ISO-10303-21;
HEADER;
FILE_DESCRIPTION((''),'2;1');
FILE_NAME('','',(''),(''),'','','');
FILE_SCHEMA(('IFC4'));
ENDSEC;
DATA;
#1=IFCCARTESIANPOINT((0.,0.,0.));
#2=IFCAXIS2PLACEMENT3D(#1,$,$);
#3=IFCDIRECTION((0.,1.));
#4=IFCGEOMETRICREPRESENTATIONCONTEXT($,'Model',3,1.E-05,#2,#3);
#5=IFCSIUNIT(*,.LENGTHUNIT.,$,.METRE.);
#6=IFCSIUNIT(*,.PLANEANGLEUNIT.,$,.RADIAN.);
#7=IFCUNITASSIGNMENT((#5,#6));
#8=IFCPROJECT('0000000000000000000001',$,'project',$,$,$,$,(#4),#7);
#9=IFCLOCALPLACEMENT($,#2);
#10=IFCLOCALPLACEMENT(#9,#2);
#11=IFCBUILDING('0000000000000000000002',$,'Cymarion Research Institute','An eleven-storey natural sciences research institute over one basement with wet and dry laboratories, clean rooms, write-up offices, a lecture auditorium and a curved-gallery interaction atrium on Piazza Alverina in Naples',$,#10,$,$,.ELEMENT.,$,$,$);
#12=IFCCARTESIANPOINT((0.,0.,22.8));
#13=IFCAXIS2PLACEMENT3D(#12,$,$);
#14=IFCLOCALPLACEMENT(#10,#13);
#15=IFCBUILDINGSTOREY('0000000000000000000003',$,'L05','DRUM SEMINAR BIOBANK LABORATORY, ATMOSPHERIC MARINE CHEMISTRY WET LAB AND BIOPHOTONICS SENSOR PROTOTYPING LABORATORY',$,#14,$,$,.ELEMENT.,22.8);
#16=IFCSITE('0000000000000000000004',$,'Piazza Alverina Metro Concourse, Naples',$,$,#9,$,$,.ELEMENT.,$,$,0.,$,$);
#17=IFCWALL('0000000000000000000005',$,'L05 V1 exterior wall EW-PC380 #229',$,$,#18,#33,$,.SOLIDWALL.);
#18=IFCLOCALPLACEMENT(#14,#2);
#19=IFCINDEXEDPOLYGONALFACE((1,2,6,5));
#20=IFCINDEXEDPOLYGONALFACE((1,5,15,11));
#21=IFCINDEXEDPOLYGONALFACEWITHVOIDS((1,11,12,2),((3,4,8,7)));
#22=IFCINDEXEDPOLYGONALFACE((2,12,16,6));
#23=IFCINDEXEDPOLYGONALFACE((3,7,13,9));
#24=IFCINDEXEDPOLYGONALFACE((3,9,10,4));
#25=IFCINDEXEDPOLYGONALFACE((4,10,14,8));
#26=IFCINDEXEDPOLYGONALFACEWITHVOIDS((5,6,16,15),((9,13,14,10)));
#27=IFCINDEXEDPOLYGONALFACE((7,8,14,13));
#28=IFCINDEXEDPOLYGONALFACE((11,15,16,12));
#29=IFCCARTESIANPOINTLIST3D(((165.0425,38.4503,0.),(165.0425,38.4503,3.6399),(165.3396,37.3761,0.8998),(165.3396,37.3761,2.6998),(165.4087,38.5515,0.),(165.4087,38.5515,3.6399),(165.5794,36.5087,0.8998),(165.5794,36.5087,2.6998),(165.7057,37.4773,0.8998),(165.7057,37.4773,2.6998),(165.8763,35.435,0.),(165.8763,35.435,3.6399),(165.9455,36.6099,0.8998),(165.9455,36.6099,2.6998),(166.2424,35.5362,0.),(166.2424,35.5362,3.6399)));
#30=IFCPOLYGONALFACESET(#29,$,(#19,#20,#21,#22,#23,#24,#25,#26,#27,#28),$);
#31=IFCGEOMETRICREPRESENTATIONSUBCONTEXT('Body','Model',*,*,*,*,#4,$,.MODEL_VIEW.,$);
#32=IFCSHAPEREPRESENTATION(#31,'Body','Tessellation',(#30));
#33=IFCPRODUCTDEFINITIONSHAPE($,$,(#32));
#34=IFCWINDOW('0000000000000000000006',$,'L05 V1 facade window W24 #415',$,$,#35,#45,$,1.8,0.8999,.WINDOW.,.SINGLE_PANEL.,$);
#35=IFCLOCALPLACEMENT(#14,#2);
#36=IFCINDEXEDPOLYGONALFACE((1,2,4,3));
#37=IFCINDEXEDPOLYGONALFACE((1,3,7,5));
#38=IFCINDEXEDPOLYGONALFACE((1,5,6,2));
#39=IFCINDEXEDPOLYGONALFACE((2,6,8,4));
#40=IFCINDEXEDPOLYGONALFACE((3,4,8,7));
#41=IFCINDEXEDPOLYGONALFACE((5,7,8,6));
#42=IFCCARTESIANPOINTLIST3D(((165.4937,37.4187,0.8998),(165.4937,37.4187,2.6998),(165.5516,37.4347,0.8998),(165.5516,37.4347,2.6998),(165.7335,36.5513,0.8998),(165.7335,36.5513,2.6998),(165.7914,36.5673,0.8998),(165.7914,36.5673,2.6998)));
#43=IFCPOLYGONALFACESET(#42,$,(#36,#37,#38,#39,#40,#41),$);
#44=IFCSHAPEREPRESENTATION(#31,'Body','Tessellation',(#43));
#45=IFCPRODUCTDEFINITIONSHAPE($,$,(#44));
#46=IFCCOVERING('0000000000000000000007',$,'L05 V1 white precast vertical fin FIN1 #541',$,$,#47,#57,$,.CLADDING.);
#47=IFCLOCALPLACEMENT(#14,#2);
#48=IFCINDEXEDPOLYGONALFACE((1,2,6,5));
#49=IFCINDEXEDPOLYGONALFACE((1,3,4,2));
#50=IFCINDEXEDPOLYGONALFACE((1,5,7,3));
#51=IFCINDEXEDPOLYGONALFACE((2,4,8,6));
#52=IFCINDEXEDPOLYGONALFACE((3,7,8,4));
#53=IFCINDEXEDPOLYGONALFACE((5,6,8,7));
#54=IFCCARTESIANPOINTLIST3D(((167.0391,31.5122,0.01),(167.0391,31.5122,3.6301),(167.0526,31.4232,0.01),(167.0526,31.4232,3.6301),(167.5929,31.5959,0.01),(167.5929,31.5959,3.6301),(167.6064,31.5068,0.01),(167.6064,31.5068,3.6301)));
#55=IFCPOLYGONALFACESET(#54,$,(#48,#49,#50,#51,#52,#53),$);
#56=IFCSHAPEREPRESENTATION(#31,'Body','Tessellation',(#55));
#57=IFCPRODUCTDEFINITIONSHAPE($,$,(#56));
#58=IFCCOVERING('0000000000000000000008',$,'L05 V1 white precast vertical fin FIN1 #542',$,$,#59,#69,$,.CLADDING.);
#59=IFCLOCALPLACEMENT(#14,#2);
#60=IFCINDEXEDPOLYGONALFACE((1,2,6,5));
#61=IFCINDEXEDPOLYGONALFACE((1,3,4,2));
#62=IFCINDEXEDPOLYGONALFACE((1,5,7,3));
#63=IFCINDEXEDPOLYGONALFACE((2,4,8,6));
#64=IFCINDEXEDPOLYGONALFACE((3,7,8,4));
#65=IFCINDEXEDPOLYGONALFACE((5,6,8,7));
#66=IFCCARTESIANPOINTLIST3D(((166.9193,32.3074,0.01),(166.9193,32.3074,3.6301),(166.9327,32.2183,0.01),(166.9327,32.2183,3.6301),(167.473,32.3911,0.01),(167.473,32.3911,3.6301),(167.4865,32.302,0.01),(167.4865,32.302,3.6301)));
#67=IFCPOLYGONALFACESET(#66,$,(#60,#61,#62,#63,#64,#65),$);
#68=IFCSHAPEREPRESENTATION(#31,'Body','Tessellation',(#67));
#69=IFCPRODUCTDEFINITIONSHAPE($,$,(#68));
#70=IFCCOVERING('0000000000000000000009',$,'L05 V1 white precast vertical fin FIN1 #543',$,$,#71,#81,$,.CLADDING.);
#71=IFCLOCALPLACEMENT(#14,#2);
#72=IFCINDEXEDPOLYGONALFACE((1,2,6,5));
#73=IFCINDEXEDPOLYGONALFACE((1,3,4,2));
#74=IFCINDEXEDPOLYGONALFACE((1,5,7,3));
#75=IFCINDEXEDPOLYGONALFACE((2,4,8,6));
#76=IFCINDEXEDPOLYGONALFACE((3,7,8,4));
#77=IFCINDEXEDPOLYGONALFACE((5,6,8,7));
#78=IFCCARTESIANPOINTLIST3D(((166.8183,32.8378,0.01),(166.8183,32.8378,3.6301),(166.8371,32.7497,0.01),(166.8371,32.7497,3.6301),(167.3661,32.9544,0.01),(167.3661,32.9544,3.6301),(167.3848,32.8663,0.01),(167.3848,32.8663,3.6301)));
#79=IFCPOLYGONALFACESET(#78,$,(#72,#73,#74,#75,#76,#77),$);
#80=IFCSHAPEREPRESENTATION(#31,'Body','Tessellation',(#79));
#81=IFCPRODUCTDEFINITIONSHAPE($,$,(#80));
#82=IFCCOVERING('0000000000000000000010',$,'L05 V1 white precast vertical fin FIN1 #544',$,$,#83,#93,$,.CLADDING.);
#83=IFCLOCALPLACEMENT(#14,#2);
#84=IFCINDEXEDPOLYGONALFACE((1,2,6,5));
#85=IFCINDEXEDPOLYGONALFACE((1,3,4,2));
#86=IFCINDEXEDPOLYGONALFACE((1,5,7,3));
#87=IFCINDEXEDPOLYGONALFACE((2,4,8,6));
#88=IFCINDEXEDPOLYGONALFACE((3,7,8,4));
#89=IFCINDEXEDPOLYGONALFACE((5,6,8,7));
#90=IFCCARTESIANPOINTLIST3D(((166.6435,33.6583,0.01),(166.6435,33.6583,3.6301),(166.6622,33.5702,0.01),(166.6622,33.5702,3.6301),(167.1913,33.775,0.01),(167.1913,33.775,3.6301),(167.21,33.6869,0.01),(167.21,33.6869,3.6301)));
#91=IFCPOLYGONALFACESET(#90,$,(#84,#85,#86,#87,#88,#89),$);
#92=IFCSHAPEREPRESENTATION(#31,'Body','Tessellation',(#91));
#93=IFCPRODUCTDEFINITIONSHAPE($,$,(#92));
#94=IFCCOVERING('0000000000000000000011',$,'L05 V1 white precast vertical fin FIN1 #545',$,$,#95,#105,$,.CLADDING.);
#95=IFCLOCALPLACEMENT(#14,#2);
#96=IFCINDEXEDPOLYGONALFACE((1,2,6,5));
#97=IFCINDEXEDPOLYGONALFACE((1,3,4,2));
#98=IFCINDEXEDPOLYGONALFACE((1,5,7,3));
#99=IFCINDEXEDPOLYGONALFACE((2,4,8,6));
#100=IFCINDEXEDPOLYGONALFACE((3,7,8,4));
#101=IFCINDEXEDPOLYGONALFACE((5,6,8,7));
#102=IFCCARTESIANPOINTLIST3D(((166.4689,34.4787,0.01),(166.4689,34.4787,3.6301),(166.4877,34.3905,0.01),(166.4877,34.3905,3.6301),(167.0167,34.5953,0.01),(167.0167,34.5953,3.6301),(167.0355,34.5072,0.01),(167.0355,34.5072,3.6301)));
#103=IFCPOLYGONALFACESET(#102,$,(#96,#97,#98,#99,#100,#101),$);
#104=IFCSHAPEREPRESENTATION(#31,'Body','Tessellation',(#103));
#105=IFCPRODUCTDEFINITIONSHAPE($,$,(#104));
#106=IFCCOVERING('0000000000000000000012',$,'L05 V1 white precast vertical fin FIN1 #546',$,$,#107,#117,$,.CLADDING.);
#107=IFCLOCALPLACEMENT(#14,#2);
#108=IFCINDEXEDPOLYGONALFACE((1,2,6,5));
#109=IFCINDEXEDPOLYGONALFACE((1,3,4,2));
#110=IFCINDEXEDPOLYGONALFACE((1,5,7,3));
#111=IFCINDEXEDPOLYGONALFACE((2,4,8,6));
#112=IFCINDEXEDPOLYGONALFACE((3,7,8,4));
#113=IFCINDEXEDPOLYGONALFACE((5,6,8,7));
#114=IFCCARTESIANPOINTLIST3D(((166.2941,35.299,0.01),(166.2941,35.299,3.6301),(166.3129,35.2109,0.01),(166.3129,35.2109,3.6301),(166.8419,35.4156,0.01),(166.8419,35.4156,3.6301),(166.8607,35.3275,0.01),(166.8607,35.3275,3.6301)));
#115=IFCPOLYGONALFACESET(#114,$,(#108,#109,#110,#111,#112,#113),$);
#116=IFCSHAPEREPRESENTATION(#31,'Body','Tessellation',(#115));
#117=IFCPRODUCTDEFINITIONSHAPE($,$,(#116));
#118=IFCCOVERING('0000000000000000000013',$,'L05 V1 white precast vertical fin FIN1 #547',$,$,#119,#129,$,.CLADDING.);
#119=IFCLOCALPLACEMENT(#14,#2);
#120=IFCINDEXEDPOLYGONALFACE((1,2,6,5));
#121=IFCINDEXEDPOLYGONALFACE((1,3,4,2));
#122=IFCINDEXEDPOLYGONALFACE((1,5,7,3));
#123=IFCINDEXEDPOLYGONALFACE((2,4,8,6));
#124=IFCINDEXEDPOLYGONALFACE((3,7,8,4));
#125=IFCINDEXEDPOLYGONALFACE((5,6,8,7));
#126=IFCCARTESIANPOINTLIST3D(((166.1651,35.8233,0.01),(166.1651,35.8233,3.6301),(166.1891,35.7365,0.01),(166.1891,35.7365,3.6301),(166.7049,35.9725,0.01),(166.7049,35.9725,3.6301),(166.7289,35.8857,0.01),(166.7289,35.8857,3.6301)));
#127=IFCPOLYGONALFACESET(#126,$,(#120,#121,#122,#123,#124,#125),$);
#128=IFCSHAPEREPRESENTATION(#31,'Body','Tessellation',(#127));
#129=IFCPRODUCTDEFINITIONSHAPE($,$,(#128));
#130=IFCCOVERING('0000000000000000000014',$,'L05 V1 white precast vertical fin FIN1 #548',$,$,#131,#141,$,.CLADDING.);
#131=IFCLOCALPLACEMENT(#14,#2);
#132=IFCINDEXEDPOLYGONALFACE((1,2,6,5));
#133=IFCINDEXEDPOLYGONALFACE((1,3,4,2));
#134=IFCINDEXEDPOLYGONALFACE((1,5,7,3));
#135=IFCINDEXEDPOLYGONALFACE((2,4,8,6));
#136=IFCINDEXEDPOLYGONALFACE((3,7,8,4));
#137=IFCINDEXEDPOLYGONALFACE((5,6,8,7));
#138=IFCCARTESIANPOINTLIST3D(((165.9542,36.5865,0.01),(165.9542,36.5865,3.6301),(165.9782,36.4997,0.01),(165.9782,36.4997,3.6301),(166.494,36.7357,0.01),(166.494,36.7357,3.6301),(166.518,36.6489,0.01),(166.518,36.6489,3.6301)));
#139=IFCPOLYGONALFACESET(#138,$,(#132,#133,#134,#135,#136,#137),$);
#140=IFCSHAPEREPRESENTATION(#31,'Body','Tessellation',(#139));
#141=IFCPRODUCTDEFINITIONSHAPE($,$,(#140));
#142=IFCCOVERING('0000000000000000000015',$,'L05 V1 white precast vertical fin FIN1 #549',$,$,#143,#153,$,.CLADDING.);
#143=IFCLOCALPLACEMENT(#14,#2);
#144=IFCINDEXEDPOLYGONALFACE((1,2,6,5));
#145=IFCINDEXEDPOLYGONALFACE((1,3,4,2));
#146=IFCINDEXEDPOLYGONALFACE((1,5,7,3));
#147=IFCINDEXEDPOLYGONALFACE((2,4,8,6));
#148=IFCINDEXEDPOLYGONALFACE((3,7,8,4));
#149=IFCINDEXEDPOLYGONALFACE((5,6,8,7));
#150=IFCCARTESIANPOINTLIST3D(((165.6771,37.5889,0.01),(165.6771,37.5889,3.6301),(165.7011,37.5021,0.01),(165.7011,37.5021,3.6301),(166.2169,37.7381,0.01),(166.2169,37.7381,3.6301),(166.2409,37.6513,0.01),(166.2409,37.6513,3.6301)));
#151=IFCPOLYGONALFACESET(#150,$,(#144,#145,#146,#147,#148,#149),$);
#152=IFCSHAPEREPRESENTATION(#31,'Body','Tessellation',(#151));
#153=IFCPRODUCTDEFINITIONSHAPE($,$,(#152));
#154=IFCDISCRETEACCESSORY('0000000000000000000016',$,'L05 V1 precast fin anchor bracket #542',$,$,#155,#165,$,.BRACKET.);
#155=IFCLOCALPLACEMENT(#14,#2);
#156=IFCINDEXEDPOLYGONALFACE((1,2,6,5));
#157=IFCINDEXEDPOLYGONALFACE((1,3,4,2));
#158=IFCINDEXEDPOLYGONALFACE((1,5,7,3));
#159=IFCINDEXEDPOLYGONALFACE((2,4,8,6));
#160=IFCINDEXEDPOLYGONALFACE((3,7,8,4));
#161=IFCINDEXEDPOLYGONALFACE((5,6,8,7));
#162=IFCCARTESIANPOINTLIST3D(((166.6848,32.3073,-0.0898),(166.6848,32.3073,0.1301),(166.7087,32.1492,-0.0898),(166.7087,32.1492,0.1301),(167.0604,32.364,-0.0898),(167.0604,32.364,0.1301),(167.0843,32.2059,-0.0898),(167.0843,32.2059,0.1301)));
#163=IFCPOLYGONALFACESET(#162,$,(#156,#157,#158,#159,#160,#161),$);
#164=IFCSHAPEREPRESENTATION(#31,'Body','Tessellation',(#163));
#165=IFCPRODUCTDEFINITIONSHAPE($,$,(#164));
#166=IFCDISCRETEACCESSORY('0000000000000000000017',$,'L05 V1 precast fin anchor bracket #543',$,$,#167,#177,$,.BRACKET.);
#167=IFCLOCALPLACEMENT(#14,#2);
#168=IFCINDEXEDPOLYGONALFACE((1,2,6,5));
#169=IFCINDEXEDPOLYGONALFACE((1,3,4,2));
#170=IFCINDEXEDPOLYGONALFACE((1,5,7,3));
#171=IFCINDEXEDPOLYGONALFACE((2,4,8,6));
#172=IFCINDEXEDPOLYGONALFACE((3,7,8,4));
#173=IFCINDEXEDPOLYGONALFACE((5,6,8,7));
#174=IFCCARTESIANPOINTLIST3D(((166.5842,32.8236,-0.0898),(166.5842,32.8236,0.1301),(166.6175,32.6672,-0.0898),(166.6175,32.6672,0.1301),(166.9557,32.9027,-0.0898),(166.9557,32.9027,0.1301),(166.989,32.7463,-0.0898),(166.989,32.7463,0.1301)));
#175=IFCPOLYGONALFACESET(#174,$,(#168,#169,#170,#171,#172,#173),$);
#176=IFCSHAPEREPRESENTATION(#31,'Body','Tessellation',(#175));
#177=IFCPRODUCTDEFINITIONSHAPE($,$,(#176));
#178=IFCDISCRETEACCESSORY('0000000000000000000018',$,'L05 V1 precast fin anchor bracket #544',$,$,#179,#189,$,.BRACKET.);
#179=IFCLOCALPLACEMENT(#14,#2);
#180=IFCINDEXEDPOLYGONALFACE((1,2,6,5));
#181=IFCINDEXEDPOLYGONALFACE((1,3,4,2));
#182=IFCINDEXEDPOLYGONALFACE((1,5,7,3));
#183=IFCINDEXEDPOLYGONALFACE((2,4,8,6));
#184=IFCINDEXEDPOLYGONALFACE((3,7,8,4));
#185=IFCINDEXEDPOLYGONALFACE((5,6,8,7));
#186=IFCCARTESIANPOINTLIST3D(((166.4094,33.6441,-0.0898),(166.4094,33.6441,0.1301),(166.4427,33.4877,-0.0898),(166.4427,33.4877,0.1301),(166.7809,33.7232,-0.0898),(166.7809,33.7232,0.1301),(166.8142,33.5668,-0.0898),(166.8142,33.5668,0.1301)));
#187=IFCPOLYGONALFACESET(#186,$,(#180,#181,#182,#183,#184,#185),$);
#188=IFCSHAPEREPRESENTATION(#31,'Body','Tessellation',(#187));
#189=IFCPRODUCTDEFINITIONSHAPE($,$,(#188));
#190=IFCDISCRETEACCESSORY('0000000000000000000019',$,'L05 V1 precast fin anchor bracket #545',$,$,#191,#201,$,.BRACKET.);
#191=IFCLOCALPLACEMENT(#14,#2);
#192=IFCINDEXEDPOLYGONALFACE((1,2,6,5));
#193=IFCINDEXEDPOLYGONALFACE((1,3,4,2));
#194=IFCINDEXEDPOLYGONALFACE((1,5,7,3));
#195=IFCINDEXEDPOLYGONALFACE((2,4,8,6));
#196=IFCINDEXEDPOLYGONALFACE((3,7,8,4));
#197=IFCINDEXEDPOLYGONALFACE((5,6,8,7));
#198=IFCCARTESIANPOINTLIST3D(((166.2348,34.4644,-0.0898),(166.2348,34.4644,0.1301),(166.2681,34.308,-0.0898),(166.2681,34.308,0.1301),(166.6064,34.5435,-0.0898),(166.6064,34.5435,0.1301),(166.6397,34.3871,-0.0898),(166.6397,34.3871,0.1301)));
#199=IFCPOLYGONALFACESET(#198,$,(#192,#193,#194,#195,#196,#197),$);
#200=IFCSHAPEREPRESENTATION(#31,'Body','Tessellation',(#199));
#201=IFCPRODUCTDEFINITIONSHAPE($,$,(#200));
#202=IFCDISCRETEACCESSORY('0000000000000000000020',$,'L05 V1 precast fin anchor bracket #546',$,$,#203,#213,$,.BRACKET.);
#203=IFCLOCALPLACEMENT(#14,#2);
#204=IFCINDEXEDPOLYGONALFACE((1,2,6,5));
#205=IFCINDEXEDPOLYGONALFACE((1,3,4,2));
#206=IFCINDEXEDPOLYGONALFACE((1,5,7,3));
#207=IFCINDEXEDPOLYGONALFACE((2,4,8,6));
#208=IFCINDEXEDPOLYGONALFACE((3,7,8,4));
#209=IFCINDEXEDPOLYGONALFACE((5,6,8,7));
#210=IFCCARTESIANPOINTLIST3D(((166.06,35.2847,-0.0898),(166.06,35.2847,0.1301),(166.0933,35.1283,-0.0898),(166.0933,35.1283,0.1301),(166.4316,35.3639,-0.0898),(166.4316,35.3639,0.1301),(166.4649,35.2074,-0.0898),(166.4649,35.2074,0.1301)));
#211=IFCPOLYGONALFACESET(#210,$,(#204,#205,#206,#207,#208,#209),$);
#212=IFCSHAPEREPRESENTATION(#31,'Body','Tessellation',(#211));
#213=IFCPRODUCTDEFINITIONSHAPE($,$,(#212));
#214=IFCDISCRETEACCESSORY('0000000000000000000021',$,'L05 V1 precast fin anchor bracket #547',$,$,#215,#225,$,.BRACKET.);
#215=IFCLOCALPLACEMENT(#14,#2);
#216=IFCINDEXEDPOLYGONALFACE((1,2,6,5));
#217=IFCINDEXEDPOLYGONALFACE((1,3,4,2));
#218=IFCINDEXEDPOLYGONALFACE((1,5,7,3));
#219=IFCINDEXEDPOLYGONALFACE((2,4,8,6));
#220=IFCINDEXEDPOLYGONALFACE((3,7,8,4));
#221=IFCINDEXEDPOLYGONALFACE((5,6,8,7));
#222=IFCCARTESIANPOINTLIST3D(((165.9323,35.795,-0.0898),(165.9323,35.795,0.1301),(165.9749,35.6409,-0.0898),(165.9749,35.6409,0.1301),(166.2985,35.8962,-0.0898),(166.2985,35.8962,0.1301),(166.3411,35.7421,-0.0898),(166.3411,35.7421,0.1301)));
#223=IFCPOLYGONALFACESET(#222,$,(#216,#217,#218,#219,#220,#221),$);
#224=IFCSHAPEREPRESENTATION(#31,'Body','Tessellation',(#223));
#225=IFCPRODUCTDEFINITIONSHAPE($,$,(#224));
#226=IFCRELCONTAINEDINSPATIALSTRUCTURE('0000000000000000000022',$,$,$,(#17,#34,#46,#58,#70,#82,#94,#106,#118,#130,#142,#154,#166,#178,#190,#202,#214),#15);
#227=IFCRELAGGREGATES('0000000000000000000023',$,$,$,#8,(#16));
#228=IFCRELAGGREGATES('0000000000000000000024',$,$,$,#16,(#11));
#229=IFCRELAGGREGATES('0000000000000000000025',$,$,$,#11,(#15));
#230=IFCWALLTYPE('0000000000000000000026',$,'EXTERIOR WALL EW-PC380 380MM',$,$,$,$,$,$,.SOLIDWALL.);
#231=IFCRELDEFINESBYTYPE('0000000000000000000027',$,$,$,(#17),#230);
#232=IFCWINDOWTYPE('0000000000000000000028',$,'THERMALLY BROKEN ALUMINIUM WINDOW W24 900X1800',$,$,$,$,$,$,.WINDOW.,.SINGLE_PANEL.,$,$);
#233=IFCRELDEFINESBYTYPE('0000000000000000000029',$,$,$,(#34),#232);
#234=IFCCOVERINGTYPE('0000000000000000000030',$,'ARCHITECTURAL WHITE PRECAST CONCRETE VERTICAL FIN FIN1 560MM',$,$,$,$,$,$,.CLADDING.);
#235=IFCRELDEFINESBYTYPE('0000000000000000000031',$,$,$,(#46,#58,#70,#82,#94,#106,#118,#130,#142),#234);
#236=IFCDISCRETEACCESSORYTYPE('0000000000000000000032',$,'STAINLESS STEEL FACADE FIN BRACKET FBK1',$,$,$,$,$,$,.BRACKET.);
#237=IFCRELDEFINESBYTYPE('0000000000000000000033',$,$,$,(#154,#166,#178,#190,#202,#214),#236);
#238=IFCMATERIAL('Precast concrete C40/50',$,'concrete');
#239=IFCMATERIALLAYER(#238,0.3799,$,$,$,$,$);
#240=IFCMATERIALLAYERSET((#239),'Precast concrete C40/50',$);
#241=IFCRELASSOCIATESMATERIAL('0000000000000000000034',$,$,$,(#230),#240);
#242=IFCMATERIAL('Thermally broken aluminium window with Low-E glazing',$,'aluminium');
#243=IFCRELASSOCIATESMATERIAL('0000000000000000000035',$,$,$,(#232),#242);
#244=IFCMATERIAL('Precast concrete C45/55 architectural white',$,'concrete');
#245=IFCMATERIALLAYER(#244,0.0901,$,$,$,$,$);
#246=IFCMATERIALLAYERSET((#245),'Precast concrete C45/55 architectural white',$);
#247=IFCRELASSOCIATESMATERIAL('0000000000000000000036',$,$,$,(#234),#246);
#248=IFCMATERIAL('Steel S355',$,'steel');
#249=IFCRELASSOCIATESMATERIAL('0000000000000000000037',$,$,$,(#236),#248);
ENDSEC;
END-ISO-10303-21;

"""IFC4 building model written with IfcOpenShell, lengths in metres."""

from ifc_helpers import new_model, si_unit, direction, frame, frame_2d, origin, origin_2d, place, context, subcontext, project, spatial, rectangle, extrude, material, layer, layer_set, type_object, element, fill, save


model = new_model("IFC4")

# Units and contexts
model_context = context("Model", 3, precision=1e-05, world=origin(), true_north=direction((0.0, 1.0)))
body_context = subcontext(model_context, "Body", "Model", "MODEL_VIEW")
ifc_project = project(units=[si_unit("LENGTHUNIT", "METRE"), si_unit("PLANEANGLEUNIT", "RADIAN")], contexts=[model_context])

# Site, building, storey
site_placement = place(None, origin())
site = spatial("IfcSite", under=ifc_project, at=site_placement, Name="Piazza Alverina Metro Concourse, Naples", CompositionType="ELEMENT", RefElevation=0.0)
building_placement = place(site_placement, origin())
building = spatial("IfcBuilding", under=site, at=building_placement, Name="Cymarion Research Institute", Description="An eleven-storey natural sciences research institute over one basement with wet and dry laboratories, clean rooms, write-up offices, a lecture auditorium and a curved-gallery interaction atrium on Piazza Alverina in Naples", CompositionType="ELEMENT")
storey_placement = place(building_placement, frame((0.0, 0.0, 22.8)))
storey = spatial("IfcBuildingStorey", under=building, at=storey_placement, Name="L05", Description="DRUM SEMINAR BIOBANK LABORATORY, ATMOSPHERIC MARINE CHEMISTRY WET LAB AND BIOPHOTONICS SENSOR PROTOTYPING LABORATORY", CompositionType="ELEMENT", Elevation=22.8)

# Shared definitions
ifc_material_1 = material(Name="Steel S355", Category="steel")

# Shared definitions
ifc_material_2 = material(Name="Precast concrete C40/50", Category="concrete")
ifc_layer_1 = layer(ifc_material_2, 0.3799)
ifc_layer_set_1 = layer_set([ifc_layer_1], Name="Precast concrete C40/50")
wall_type = type_object("IfcWallType", Name="EXTERIOR WALL EW-PC380 380MM", PredefinedType="SOLIDWALL", material=ifc_layer_set_1)

# Wall, opening, window
wall_1_placement = place(storey_placement, frame((166.0593, 35.4856, 0.0), z_axis=(0.0, 0.0, 1.0), x_axis=(-0.266497, 0.963836, 0.0)))
wall_1 = element("IfcWall", 1, at=wall_1_placement, inside=storey, type_object=wall_type, Name="L05 V1 exterior wall EW-PC380 #229", PredefinedType="SOLIDWALL", context=body_context, shape_type="SweptSolid", body=[
    extrude(rectangle(XDim=3.1284, YDim=0.3799, at=frame_2d((1.5642, 0.0))), origin(), (0.0, 0.0, 1.0), 3.6399),
])
opening_placement = place(wall_1_placement, frame((1.114, 0.0, 0.8999)))
opening = element("IfcOpeningElement", 2, at=opening_placement, cuts=wall_1, PredefinedType="OPENING", context=body_context, shape_type="SweptSolid", body=[
    extrude(rectangle(XDim=0.8999, YDim=1.8, at=frame_2d((0.45, 0.8999))), frame((0.0, 0.2, 0.0), z_axis=(0.0, -1.0, 0.0), x_axis=(1.0, 0.0, 0.0)), (0.0, 0.0, 1.0), 0.3999),
])
ifc_material_3 = material(Name="Thermally broken aluminium window with Low-E glazing", Category="aluminium")
window_type = type_object("IfcWindowType", Name="THERMALLY BROKEN ALUMINIUM WINDOW W24 900X1800", PartitioningType="SINGLE_PANEL", PredefinedType="WINDOW", material=ifc_material_3)
window_placement = place(opening_placement, origin())
window = element("IfcWindow", 3, at=window_placement, inside=storey, type_object=window_type, Name="L05 V1 facade window W24 #415", OverallHeight=1.8, OverallWidth=0.8999, PartitioningType="SINGLE_PANEL", PredefinedType="WINDOW", context=body_context, shape_type="SweptSolid", body=[
    extrude(rectangle(XDim=0.8999, YDim=1.8, at=frame_2d((0.45, 0.8999))), frame((0.0, 0.03, 0.0), z_axis=(0.0, -1.0, 0.0), x_axis=(1.0, 0.0, 0.0)), (0.0, 0.0, 1.0), 0.0601),
])
fill(opening, window)

# Coverings
ifc_material_4 = material(Name="Precast concrete C45/55 architectural white", Category="concrete")
ifc_layer_2 = layer(ifc_material_4, 0.0901)
ifc_layer_set_2 = layer_set([ifc_layer_2], Name="Precast concrete C45/55 architectural white")
covering_type = type_object("IfcCoveringType", Name="ARCHITECTURAL WHITE PRECAST CONCRETE VERTICAL FIN FIN1 560MM", PredefinedType="CLADDING", material=ifc_layer_set_2)
for number, where, z_axis, x_axis, name in (
    (4, (167.3228, 31.5095, 0.01), (0.0, 0.0, 1.0), (0.988782, 0.149363, 0.0), "L05 V1 white precast vertical fin FIN1 #541"),
    (5, (167.2029, 32.3047, 0.01), (0.0, 0.0, 1.0), (0.988782, 0.149363, 0.0), "L05 V1 white precast vertical fin FIN1 #542"),
    (6, (167.1016, 32.8521, 0.01), (0.0, 0.0, 1.0), (0.978075, 0.208253, 0.0), "L05 V1 white precast vertical fin FIN1 #543"),
    (7, (166.9268, 33.6726, 0.01), (0.0, 0.0, 1.0), (0.978075, 0.208253, 0.0), "L05 V1 white precast vertical fin FIN1 #544"),
    (8, (166.7522, 34.4929, 0.01), (0.0, 0.0, 1.0), (0.978075, 0.208253, 0.0), "L05 V1 white precast vertical fin FIN1 #545"),
    (9, (166.5774, 35.3132, 0.01), (0.0, 0.0, 1.0), (0.978075, 0.208253, 0.0), "L05 V1 white precast vertical fin FIN1 #546"),
    (10, (166.447, 35.8545, 0.01), (0.0, 0.0, 1.0), (0.963863, 0.266397, 0.0), "L05 V1 white precast vertical fin FIN1 #547"),
    (11, (166.2361, 36.6177, 0.01), (0.0, 0.0, 1.0), (0.963863, 0.266397, 0.0), "L05 V1 white precast vertical fin FIN1 #548"),
    (12, (165.959, 37.6201, 0.01), (0.0, 0.0, 1.0), (0.963863, 0.266397, 0.0), "L05 V1 white precast vertical fin FIN1 #549"),
):
    element("IfcCovering", number, at=place(storey_placement, frame(where, z_axis=z_axis, x_axis=x_axis)), inside=storey, type_object=covering_type, Name=name, PredefinedType="CLADDING", context=body_context, shape_type="SweptSolid", body=[
        extrude(rectangle(XDim=0.5601, YDim=0.0901, at=origin_2d()), origin(), (0.0, 0.0, 1.0), 3.6201),
    ])

# Discrete accessories
discrete_accessory_type = type_object("IfcDiscreteAccessoryType", Name="STAINLESS STEEL FACADE FIN BRACKET FBK1", PredefinedType="BRACKET", material=ifc_material_1)
for number, where, z_axis, x_axis, name in (
    (13, (166.8845, 32.2566, -0.0898), (0.0, 0.0, 1.0), (0.988782, 0.149363, 0.0), "L05 V1 precast fin anchor bracket #542"),
    (14, (166.7866, 32.7849, -0.0898), (0.0, 0.0, 1.0), (0.978075, 0.208253, 0.0), "L05 V1 precast fin anchor bracket #543"),
    (15, (166.6118, 33.6055, -0.0898), (0.0, 0.0, 1.0), (0.978075, 0.208253, 0.0), "L05 V1 precast fin anchor bracket #544"),
    (16, (166.4373, 34.4258, -0.0898), (0.0, 0.0, 1.0), (0.978075, 0.208253, 0.0), "L05 V1 precast fin anchor bracket #545"),
    (17, (166.2625, 35.2461, -0.0898), (0.0, 0.0, 1.0), (0.978075, 0.208253, 0.0), "L05 V1 precast fin anchor bracket #546"),
    (18, (166.1367, 35.7686, -0.0898), (0.0, 0.0, 1.0), (0.963863, 0.266397, 0.0), "L05 V1 precast fin anchor bracket #547"),
):
    element("IfcDiscreteAccessory", number, at=place(storey_placement, frame(where, z_axis=z_axis, x_axis=x_axis)), inside=storey, type_object=discrete_accessory_type, Name=name, PredefinedType="BRACKET", context=body_context, shape_type="SweptSolid", body=[
        extrude(rectangle(XDim=0.3799, YDim=0.1599, at=origin_2d()), origin(), (0.0, 0.0, 1.0), 0.22),
    ])

save(model, "model.ifc")
